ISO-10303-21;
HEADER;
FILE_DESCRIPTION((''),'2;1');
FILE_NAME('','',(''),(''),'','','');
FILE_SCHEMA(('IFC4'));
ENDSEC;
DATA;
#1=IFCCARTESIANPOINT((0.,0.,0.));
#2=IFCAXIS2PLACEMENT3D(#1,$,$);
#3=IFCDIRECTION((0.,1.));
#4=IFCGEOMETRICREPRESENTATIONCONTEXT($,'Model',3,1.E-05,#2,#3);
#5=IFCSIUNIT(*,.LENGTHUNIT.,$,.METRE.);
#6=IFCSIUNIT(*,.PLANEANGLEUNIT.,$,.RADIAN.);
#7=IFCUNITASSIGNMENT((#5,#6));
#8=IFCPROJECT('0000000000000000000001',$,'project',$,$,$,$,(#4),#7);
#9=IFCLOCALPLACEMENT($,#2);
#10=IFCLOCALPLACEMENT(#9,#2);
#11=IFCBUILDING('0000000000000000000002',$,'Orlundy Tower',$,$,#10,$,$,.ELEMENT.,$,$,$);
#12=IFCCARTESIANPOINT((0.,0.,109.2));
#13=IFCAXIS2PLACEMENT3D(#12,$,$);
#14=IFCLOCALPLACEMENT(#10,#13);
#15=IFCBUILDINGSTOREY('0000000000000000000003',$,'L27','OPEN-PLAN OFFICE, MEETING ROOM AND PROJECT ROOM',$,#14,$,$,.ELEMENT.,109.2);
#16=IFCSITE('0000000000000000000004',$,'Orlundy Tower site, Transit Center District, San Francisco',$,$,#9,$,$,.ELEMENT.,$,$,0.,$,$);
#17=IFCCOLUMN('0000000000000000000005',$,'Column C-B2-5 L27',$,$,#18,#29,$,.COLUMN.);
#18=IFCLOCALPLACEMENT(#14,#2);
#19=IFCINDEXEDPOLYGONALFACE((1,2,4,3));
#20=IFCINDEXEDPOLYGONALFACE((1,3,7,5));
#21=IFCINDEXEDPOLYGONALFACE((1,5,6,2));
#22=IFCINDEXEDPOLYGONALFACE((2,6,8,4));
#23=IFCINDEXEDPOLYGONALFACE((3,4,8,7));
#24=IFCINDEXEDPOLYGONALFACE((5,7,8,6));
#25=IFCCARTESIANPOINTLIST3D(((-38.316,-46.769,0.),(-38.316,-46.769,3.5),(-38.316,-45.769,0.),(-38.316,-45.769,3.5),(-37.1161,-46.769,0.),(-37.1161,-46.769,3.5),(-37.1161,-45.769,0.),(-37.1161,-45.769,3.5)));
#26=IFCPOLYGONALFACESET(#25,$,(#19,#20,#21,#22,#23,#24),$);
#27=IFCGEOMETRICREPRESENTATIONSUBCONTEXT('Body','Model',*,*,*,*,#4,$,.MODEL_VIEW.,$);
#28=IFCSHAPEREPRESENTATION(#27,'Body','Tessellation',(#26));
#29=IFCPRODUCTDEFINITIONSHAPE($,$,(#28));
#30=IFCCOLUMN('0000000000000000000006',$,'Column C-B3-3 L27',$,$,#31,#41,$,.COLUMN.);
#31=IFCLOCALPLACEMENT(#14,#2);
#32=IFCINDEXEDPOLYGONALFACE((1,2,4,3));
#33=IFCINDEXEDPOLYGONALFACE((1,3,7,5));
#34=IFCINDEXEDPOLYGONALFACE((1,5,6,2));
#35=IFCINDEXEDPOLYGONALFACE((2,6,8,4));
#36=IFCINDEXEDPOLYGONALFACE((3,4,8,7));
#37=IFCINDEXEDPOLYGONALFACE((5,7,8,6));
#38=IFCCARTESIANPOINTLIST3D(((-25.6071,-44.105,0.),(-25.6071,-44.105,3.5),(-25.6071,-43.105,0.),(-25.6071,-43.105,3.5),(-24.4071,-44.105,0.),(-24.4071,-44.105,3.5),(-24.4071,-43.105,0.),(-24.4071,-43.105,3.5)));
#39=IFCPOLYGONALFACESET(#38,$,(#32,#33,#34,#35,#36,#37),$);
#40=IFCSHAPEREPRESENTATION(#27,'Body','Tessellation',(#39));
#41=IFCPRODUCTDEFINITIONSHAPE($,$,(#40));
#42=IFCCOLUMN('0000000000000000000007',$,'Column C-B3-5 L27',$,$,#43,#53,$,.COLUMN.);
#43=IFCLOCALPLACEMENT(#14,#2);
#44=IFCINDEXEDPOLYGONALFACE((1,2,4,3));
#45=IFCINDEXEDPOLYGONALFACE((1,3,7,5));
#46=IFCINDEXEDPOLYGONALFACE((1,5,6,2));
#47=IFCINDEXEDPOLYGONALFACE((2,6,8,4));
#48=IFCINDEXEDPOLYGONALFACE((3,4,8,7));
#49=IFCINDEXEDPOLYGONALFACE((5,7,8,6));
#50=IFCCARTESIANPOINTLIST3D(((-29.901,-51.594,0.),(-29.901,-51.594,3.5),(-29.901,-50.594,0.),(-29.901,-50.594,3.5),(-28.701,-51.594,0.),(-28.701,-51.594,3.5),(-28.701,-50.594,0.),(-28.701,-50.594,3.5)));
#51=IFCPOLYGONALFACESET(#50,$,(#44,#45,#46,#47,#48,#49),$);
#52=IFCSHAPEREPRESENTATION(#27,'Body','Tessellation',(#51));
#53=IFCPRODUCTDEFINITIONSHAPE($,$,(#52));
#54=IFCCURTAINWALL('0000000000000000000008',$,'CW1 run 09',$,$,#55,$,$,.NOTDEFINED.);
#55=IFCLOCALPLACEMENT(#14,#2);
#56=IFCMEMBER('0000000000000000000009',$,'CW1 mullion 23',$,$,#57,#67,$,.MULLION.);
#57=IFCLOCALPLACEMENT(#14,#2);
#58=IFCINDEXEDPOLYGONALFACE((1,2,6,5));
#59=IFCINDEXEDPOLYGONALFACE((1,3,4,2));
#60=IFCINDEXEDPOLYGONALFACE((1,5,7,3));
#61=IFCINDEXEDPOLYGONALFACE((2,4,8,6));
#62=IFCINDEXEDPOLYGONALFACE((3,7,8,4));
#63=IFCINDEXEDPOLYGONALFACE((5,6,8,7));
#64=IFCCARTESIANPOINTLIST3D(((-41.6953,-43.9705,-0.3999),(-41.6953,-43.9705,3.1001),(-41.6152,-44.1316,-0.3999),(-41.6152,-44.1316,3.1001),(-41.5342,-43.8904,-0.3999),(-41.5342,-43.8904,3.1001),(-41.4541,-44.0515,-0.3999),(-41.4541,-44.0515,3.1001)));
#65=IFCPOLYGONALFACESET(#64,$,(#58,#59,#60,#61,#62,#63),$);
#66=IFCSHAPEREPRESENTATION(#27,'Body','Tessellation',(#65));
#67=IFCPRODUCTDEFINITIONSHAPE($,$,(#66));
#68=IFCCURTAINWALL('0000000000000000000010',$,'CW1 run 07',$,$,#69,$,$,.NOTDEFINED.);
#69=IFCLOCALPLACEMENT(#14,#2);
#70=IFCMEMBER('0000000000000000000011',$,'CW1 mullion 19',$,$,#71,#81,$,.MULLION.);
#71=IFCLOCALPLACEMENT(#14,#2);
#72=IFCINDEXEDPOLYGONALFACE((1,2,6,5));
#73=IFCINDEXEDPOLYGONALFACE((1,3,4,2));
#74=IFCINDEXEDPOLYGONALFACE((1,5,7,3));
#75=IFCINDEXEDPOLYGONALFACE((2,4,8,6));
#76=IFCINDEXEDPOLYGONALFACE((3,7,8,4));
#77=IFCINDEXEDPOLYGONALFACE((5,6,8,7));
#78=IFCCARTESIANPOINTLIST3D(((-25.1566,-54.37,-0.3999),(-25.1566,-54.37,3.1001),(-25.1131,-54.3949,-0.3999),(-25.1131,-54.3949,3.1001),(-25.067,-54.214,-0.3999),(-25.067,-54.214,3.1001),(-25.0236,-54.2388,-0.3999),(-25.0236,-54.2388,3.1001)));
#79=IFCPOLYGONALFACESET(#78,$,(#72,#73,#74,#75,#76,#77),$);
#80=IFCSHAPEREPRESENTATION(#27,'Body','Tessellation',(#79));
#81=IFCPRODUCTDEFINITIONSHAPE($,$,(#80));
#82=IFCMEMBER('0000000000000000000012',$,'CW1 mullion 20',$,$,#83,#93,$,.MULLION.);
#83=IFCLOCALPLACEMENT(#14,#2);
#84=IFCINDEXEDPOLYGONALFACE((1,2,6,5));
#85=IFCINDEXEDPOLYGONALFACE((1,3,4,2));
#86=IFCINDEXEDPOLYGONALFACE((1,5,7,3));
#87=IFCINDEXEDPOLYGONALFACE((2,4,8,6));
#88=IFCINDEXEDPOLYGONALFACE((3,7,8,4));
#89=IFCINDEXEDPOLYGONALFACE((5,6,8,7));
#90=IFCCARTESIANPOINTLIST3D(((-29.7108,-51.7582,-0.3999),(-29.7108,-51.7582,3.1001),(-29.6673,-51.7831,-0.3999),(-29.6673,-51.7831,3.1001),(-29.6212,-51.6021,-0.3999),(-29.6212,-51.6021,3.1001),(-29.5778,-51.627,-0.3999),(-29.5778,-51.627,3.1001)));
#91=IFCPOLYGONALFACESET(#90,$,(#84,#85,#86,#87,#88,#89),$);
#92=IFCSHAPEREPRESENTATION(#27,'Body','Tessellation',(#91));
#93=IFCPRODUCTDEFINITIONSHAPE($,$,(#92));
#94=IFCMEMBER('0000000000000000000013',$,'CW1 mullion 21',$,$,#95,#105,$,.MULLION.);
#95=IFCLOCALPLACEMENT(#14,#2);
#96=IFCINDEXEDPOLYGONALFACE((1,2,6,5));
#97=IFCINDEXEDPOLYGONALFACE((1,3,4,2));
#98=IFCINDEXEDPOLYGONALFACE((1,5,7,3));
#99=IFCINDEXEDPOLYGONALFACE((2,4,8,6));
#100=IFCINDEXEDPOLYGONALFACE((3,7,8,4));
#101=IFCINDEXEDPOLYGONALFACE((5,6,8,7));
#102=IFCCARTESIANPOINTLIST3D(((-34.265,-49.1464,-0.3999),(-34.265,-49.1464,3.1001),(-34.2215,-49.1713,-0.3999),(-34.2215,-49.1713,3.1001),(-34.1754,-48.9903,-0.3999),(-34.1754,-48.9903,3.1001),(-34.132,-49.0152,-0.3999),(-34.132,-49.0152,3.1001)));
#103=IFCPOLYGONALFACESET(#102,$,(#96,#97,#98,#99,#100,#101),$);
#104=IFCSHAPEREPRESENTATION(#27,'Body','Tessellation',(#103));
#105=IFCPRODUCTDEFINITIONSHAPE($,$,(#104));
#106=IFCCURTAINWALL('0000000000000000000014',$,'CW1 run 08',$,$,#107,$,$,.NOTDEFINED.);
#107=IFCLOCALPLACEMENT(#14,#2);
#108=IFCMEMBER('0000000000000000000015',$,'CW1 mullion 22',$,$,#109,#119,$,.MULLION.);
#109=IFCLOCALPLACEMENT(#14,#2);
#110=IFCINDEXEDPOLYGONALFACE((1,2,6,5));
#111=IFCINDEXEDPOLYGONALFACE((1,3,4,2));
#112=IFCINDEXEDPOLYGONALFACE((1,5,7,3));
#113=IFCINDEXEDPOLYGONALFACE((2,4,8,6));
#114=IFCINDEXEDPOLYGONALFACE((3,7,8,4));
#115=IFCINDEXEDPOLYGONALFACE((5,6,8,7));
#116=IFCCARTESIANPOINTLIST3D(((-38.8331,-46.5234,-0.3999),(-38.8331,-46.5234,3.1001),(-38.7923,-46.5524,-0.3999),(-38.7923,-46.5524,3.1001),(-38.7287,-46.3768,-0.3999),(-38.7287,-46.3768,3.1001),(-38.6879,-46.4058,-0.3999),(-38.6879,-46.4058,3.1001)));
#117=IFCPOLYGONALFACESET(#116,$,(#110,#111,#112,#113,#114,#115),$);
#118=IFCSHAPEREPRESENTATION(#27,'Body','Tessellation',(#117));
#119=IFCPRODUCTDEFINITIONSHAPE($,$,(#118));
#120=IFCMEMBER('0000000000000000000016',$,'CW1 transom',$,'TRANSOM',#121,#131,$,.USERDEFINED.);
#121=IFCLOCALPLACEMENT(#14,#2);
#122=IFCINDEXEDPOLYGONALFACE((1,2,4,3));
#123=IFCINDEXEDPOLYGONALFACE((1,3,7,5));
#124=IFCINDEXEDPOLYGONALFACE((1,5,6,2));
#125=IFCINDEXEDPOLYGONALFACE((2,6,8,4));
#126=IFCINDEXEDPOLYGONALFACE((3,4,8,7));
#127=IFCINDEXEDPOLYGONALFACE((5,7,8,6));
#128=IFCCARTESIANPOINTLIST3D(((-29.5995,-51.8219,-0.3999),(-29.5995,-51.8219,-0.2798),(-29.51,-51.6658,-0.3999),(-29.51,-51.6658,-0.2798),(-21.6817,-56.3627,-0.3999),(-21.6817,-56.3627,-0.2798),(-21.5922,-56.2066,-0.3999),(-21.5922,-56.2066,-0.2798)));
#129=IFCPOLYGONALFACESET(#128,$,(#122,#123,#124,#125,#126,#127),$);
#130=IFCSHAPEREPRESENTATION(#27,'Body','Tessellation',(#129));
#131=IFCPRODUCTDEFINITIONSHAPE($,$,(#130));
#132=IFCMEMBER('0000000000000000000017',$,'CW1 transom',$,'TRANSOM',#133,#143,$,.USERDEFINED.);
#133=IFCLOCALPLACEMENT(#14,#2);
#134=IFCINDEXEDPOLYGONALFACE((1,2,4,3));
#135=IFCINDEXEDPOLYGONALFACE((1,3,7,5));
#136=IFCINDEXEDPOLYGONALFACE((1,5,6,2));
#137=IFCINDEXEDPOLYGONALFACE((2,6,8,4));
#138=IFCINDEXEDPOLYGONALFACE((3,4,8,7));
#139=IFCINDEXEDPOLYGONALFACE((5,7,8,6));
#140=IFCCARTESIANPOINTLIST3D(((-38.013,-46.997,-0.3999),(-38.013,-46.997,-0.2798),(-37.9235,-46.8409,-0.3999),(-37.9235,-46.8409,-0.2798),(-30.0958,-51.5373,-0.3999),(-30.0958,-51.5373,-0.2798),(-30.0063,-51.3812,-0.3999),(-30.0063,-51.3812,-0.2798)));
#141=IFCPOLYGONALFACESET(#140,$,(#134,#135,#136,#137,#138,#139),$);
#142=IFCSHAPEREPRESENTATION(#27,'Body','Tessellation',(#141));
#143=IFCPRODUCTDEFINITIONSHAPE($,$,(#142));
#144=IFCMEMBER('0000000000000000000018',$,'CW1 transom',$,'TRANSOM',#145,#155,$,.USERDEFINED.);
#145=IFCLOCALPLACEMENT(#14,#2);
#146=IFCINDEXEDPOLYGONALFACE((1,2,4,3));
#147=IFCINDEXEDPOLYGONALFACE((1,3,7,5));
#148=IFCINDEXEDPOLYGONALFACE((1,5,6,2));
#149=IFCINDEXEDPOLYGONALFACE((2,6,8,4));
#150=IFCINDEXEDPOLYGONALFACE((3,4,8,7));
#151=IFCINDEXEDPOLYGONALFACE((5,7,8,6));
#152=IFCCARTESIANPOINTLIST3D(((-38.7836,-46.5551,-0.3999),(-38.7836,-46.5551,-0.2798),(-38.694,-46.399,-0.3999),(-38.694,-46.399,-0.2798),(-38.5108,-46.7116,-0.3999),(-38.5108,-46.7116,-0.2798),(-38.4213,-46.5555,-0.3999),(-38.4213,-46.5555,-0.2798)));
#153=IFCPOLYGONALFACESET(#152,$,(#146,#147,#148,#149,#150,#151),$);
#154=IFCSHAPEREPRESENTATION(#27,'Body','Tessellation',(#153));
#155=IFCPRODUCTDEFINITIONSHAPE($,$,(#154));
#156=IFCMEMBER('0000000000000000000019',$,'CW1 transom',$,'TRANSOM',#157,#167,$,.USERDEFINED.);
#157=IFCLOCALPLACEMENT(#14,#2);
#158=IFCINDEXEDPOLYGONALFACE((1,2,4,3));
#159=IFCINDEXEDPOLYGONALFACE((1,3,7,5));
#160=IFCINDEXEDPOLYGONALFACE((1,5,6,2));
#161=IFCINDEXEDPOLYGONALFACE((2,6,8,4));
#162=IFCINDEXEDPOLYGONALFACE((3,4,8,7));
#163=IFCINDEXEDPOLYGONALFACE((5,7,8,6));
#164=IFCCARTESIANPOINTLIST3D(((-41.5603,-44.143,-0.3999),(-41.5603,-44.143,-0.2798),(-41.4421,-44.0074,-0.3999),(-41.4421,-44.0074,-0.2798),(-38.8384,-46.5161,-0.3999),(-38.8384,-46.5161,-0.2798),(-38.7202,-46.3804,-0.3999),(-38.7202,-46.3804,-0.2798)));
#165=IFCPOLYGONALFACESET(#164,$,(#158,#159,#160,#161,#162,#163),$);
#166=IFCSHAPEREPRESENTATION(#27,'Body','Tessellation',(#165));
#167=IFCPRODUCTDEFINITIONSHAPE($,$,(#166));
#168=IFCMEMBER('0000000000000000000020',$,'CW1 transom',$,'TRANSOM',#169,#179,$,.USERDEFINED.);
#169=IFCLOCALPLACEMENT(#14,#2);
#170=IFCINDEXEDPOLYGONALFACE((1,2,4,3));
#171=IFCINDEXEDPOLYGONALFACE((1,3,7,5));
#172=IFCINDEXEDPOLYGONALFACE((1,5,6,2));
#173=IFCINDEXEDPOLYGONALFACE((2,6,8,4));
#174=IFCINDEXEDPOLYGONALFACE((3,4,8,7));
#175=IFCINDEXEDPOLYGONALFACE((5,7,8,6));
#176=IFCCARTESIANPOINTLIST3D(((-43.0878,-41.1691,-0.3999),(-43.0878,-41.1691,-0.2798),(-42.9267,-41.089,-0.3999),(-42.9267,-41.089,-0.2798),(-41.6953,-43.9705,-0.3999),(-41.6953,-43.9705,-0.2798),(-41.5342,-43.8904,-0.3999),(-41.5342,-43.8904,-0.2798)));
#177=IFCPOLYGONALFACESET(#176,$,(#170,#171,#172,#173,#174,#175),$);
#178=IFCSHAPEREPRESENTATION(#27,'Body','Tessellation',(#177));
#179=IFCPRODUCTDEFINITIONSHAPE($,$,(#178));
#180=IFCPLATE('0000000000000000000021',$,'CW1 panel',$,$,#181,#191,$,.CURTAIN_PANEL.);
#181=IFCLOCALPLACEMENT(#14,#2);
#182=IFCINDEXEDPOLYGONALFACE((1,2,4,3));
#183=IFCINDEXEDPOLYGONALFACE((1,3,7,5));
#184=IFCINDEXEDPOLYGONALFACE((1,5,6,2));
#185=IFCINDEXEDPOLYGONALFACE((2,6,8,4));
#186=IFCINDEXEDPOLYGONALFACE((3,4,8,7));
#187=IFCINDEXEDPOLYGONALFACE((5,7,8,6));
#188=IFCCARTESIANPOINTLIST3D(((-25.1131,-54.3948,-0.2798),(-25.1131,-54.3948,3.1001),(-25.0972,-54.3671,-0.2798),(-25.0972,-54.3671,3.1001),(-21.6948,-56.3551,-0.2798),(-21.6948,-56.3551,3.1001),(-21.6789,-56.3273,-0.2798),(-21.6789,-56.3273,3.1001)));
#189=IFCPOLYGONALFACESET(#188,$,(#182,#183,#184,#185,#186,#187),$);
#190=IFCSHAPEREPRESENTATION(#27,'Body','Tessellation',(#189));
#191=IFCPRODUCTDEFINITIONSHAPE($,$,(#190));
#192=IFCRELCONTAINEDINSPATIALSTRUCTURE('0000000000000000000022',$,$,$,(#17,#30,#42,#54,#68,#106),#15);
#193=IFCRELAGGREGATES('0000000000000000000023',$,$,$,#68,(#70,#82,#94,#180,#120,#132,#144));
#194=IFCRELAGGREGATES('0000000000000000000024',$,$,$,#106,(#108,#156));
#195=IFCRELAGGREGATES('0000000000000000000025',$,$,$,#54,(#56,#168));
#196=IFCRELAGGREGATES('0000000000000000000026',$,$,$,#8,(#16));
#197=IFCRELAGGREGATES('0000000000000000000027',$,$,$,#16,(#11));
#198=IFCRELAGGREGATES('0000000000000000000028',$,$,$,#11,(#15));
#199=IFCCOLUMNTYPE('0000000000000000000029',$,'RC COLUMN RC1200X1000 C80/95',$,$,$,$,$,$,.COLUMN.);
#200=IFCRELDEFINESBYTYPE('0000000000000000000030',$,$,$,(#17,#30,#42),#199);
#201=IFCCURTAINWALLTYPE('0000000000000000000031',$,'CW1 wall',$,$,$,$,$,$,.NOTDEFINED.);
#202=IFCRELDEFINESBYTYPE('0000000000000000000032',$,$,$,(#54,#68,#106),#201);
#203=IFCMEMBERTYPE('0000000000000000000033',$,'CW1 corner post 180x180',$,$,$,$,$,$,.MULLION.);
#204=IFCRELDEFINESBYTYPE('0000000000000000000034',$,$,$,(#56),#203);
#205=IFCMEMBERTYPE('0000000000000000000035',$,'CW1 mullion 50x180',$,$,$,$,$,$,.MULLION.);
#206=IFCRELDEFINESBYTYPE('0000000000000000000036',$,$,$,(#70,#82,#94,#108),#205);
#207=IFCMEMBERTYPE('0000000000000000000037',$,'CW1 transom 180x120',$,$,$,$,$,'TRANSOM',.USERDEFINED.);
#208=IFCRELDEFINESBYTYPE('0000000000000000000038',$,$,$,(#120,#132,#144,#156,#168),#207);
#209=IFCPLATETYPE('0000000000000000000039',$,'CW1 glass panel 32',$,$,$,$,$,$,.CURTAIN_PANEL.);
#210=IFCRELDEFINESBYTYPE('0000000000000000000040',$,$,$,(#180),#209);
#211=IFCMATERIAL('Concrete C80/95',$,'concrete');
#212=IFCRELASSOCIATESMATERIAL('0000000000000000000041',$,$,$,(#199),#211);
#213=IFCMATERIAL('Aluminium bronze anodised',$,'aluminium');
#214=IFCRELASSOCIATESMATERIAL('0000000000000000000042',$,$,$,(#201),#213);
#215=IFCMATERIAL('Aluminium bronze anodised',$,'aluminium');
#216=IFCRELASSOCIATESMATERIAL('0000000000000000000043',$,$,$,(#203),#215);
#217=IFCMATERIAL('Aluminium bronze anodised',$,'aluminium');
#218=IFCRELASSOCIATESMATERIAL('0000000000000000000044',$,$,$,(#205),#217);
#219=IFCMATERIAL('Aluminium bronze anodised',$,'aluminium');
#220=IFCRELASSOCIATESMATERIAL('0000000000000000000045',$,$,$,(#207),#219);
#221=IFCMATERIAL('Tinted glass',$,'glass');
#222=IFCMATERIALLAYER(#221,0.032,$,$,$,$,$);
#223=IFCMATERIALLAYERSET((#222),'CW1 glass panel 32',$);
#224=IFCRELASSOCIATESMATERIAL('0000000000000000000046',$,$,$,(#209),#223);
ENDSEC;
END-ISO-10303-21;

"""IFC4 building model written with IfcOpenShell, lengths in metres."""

from ifc_helpers import new_model, si_unit, direction, frame, origin, origin_2d, place, context, subcontext, project, spatial, rectangle, extrude, material, layer, layer_set, material_profile, profile_set, type_object, element, aggregate, save


model = new_model("IFC4")

# Units and contexts
model_context = context("Model", 3, precision=1e-05, world=origin(), true_north=direction((0.0, 1.0)))
body_context = subcontext(model_context, "Body", "Model", "MODEL_VIEW")
ifc_project = project(units=[si_unit("LENGTHUNIT", "METRE"), si_unit("PLANEANGLEUNIT", "RADIAN")], contexts=[model_context])

# Site, building, storey
site_placement = place(None, origin())
site = spatial("IfcSite", under=ifc_project, at=site_placement, Name="Orlundy Tower site, Transit Center District, San Francisco", CompositionType="ELEMENT", RefElevation=0.0)
building_placement = place(site_placement, origin())
building = spatial("IfcBuilding", under=site, at=building_placement, Name="Orlundy Tower", CompositionType="ELEMENT")
storey_placement = place(building_placement, frame((0.0, 0.0, 109.2)))
storey = spatial("IfcBuildingStorey", under=building, at=storey_placement, Name="L27", Description="OPEN-PLAN OFFICE, MEETING ROOM AND PROJECT ROOM", CompositionType="ELEMENT", Elevation=109.2)

# Columns
ifc_material_1 = material(Name="Concrete C80/95", Category="concrete")
ifc_material_profile_1 = material_profile(ifc_material_1, rectangle(XDim=1.2, YDim=1.0, at=origin_2d()), Name="RC1200X1000")
ifc_profile_set_1 = profile_set([ifc_material_profile_1], Name="Concrete C80/95")
column_type = type_object("IfcColumnType", Name="RC COLUMN RC1200X1000 C80/95", PredefinedType="COLUMN", material=ifc_profile_set_1)
for number, where, z_axis, x_axis, name in (
    (1, (-37.7161, -46.269, 0.0), (0.0, 0.0, 1.0), (1.0, 0.0, 0.0), "Column C-B2-5 L27"),
    (2, (-25.0071, -43.605, 0.0), (0.0, 0.0, 1.0), (1.0, 0.0, 0.0), "Column C-B3-3 L27"),
    (3, (-29.301, -51.094, 0.0), (0.0, 0.0, 1.0), (1.0, 0.0, 0.0), "Column C-B3-5 L27"),
):
    element("IfcColumn", number, at=place(storey_placement, frame(where, z_axis=z_axis, x_axis=x_axis)), inside=storey, type_object=column_type, Name=name, PredefinedType="COLUMN", context=body_context, shape_type="SweptSolid", body=[
        extrude(rectangle(XDim=1.2, YDim=1.0, at=origin_2d()), origin(), (0.0, 0.0, 1.0), 3.5),
    ])

# Curtain wall, member
ifc_material_2 = material(Name="Aluminium bronze anodised", Category="aluminium")
curtain_wall_type = type_object("IfcCurtainWallType", Name="CW1 wall", PredefinedType="NOTDEFINED", material=ifc_material_2)
curtain_wall_1_placement = place(storey_placement, origin())
curtain_wall_1 = element("IfcCurtainWall", 4, at=curtain_wall_1_placement, inside=storey, type_object=curtain_wall_type, Name="CW1 run 09", PredefinedType="NOTDEFINED")
ifc_material_3 = material(Name="Aluminium bronze anodised", Category="aluminium")
ifc_material_profile_2 = material_profile(ifc_material_3, rectangle(XDim=0.1799, YDim=0.1799, at=origin_2d()), Name="CW1 corner post 180x180")
ifc_profile_set_2 = profile_set([ifc_material_profile_2], Name="Aluminium bronze anodised")
member_type_1 = type_object("IfcMemberType", Name="CW1 corner post 180x180", PredefinedType="MULLION", material=ifc_profile_set_2)
member_1_placement = place(storey_placement, frame((-41.5747, -44.011, -0.3999), z_axis=(0.0, 0.0, 1.0), x_axis=(-0.89545, -0.445162, 0.0)))
member_1 = element("IfcMember", 5, at=member_1_placement, type_object=member_type_1, Name="CW1 mullion 23", PredefinedType="MULLION", context=body_context, shape_type="SweptSolid", body=[
    extrude(rectangle(XDim=0.1799, YDim=0.1799, at=origin_2d()), origin(), (0.0, 0.0, 1.0), 3.5),
])

# Curtain wall, members
curtain_wall_2_placement = place(storey_placement, origin())
curtain_wall_2 = element("IfcCurtainWall", 6, at=curtain_wall_2_placement, inside=storey, type_object=curtain_wall_type, Name="CW1 run 07", PredefinedType="NOTDEFINED")
ifc_material_4 = material(Name="Aluminium bronze anodised", Category="aluminium")
ifc_material_profile_3 = material_profile(ifc_material_4, rectangle(XDim=0.1799, YDim=0.05, at=origin_2d()), Name="CW1 mullion 50x180")
ifc_profile_set_3 = profile_set([ifc_material_profile_3], Name="Aluminium bronze anodised")
member_type_2 = type_object("IfcMemberType", Name="CW1 mullion 50x180", PredefinedType="MULLION", material=ifc_profile_set_3)
member_2_placement = place(storey_placement, frame((-25.0901, -54.3044, -0.3999), z_axis=(0.0, 0.0, 1.0), x_axis=(-0.497477, -0.867477, 0.0)))
member_2 = element("IfcMember", 7, at=member_2_placement, type_object=member_type_2, Name="CW1 mullion 19", PredefinedType="MULLION", context=body_context, shape_type="SweptSolid", body=[
    extrude(rectangle(XDim=0.1799, YDim=0.05, at=origin_2d()), origin(), (0.0, 0.0, 1.0), 3.5),
])
member_3_placement = place(storey_placement, frame((-29.6443, -51.6926, -0.3999), z_axis=(0.0, 0.0, 1.0), x_axis=(-0.497477, -0.867477, 0.0)))
member_3 = element("IfcMember", 8, at=member_3_placement, type_object=member_type_2, Name="CW1 mullion 20", PredefinedType="MULLION", context=body_context, shape_type="SweptSolid", body=[
    extrude(rectangle(XDim=0.1799, YDim=0.05, at=origin_2d()), origin(), (0.0, 0.0, 1.0), 3.5),
])
member_4_placement = place(storey_placement, frame((-34.1985, -49.0808, -0.3999), z_axis=(0.0, 0.0, 1.0), x_axis=(-0.497477, -0.867477, 0.0)))
member_4 = element("IfcMember", 9, at=member_4_placement, type_object=member_type_2, Name="CW1 mullion 21", PredefinedType="MULLION", context=body_context, shape_type="SweptSolid", body=[
    extrude(rectangle(XDim=0.1799, YDim=0.05, at=origin_2d()), origin(), (0.0, 0.0, 1.0), 3.5),
])

# Curtain wall, member
curtain_wall_3_placement = place(storey_placement, origin())
curtain_wall_3 = element("IfcCurtainWall", 10, at=curtain_wall_3_placement, inside=storey, type_object=curtain_wall_type, Name="CW1 run 08", PredefinedType="NOTDEFINED")
member_5_placement = place(storey_placement, frame((-38.7605, -46.4646, -0.3999), z_axis=(0.0, 0.0, 1.0), x_axis=(-0.580116, -0.814534, 0.0)))
member_5 = element("IfcMember", 11, at=member_5_placement, type_object=member_type_2, Name="CW1 mullion 22", PredefinedType="MULLION", context=body_context, shape_type="SweptSolid", body=[
    extrude(rectangle(XDim=0.1799, YDim=0.05, at=origin_2d()), origin(), (0.0, 0.0, 1.0), 3.5),
])

# Members
ifc_material_5 = material(Name="Aluminium bronze anodised", Category="aluminium")
ifc_material_profile_4 = material_profile(ifc_material_5, rectangle(XDim=0.1799, YDim=0.1201, at=origin_2d()), Name="CW1 transom 180x120")
ifc_profile_set_4 = profile_set([ifc_material_profile_4], Name="Aluminium bronze anodised")
member_type_3 = type_object("IfcMemberType", Name="CW1 transom 180x120", ElementType="TRANSOM", PredefinedType="USERDEFINED", material=ifc_profile_set_4)
member_6_placement = place(storey_placement, frame((-21.637, -56.2847, -0.3398), z_axis=(-0.86747, 0.497489, 0.0), x_axis=(-0.497489, -0.86747, 0.0)))
member_6 = element("IfcMember", 12, at=member_6_placement, type_object=member_type_3, Name="CW1 transom", ObjectType="TRANSOM", PredefinedType="USERDEFINED", context=body_context, shape_type="SweptSolid", body=[
    extrude(rectangle(XDim=0.1799, YDim=0.1201, at=origin_2d()), origin(), (0.0, 0.0, 1.0), 9.1274),
])
member_7_placement = place(storey_placement, frame((-30.051, -51.4592, -0.3398), z_axis=(-0.86748, 0.497472, 0.0), x_axis=(-0.497472, -0.86748, 0.0)))
member_7 = element("IfcMember", 13, at=member_7_placement, type_object=member_type_3, Name="CW1 transom", ObjectType="TRANSOM", PredefinedType="USERDEFINED", context=body_context, shape_type="SweptSolid", body=[
    extrude(rectangle(XDim=0.1799, YDim=0.1201, at=origin_2d()), origin(), (0.0, 0.0, 1.0), 9.1267),
])
member_8_placement = place(storey_placement, frame((-38.4661, -46.6335, -0.3398), z_axis=(-0.867334, 0.497727, 0.0), x_axis=(-0.497727, -0.867334, 0.0)))
member_8 = element("IfcMember", 14, at=member_8_placement, type_object=member_type_3, Name="CW1 transom", ObjectType="TRANSOM", PredefinedType="USERDEFINED", context=body_context, shape_type="SweptSolid", body=[
    extrude(rectangle(XDim=0.1799, YDim=0.1201, at=origin_2d()), origin(), (0.0, 0.0, 1.0), 0.3145),
])
member_9_placement = place(storey_placement, frame((-38.7793, -46.4482, -0.3398), z_axis=(-0.753761, 0.657149, 0.0), x_axis=(-0.657149, -0.753761, 0.0)))
member_9 = element("IfcMember", 15, at=member_9_placement, type_object=member_type_3, Name="CW1 transom", ObjectType="TRANSOM", PredefinedType="USERDEFINED", context=body_context, shape_type="SweptSolid", body=[
    extrude(rectangle(XDim=0.1799, YDim=0.1201, at=origin_2d()), origin(), (0.0, 0.0, 1.0), 3.6111),
])
member_10_placement = place(storey_placement, frame((-41.6147, -43.9304, -0.3398), z_axis=(-0.445121, 0.89547, 0.0), x_axis=(-0.89547, -0.445121, 0.0)))
member_10 = element("IfcMember", 16, at=member_10_placement, type_object=member_type_3, Name="CW1 transom", ObjectType="TRANSOM", PredefinedType="USERDEFINED", context=body_context, shape_type="SweptSolid", body=[
    extrude(rectangle(XDim=0.1799, YDim=0.1201, at=origin_2d()), origin(), (0.0, 0.0, 1.0), 3.1284),
])

# Plate
ifc_material_6 = material(Name="Tinted glass", Category="glass")
ifc_layer_1 = layer(ifc_material_6, 0.032)
ifc_layer_set_1 = layer_set([ifc_layer_1], Name="CW1 glass panel 32")
plate_type = type_object("IfcPlateType", Name="CW1 glass panel 32", PredefinedType="CURTAIN_PANEL", material=ifc_layer_set_1)
plate_1_placement = place(storey_placement, frame((-23.396, -55.3611, -0.2798), z_axis=(0.0, 0.0, 1.0), x_axis=(-0.867477, 0.497477, 0.0)))
plate_1 = element("IfcPlate", 17, at=plate_1_placement, type_object=plate_type, Name="CW1 panel", PredefinedType="CURTAIN_PANEL", context=body_context, shape_type="SweptSolid", body=[
    extrude(rectangle(XDim=3.9404, YDim=0.032, at=origin_2d()), origin(), (0.0, 0.0, 1.0), 3.3799),
])
aggregate(curtain_wall_2, [member_2, member_3, member_4, plate_1, member_6, member_7, member_8])
aggregate(curtain_wall_3, [member_5, member_9])
aggregate(curtain_wall_1, [member_1, member_10])

save(model, "model.ifc")
